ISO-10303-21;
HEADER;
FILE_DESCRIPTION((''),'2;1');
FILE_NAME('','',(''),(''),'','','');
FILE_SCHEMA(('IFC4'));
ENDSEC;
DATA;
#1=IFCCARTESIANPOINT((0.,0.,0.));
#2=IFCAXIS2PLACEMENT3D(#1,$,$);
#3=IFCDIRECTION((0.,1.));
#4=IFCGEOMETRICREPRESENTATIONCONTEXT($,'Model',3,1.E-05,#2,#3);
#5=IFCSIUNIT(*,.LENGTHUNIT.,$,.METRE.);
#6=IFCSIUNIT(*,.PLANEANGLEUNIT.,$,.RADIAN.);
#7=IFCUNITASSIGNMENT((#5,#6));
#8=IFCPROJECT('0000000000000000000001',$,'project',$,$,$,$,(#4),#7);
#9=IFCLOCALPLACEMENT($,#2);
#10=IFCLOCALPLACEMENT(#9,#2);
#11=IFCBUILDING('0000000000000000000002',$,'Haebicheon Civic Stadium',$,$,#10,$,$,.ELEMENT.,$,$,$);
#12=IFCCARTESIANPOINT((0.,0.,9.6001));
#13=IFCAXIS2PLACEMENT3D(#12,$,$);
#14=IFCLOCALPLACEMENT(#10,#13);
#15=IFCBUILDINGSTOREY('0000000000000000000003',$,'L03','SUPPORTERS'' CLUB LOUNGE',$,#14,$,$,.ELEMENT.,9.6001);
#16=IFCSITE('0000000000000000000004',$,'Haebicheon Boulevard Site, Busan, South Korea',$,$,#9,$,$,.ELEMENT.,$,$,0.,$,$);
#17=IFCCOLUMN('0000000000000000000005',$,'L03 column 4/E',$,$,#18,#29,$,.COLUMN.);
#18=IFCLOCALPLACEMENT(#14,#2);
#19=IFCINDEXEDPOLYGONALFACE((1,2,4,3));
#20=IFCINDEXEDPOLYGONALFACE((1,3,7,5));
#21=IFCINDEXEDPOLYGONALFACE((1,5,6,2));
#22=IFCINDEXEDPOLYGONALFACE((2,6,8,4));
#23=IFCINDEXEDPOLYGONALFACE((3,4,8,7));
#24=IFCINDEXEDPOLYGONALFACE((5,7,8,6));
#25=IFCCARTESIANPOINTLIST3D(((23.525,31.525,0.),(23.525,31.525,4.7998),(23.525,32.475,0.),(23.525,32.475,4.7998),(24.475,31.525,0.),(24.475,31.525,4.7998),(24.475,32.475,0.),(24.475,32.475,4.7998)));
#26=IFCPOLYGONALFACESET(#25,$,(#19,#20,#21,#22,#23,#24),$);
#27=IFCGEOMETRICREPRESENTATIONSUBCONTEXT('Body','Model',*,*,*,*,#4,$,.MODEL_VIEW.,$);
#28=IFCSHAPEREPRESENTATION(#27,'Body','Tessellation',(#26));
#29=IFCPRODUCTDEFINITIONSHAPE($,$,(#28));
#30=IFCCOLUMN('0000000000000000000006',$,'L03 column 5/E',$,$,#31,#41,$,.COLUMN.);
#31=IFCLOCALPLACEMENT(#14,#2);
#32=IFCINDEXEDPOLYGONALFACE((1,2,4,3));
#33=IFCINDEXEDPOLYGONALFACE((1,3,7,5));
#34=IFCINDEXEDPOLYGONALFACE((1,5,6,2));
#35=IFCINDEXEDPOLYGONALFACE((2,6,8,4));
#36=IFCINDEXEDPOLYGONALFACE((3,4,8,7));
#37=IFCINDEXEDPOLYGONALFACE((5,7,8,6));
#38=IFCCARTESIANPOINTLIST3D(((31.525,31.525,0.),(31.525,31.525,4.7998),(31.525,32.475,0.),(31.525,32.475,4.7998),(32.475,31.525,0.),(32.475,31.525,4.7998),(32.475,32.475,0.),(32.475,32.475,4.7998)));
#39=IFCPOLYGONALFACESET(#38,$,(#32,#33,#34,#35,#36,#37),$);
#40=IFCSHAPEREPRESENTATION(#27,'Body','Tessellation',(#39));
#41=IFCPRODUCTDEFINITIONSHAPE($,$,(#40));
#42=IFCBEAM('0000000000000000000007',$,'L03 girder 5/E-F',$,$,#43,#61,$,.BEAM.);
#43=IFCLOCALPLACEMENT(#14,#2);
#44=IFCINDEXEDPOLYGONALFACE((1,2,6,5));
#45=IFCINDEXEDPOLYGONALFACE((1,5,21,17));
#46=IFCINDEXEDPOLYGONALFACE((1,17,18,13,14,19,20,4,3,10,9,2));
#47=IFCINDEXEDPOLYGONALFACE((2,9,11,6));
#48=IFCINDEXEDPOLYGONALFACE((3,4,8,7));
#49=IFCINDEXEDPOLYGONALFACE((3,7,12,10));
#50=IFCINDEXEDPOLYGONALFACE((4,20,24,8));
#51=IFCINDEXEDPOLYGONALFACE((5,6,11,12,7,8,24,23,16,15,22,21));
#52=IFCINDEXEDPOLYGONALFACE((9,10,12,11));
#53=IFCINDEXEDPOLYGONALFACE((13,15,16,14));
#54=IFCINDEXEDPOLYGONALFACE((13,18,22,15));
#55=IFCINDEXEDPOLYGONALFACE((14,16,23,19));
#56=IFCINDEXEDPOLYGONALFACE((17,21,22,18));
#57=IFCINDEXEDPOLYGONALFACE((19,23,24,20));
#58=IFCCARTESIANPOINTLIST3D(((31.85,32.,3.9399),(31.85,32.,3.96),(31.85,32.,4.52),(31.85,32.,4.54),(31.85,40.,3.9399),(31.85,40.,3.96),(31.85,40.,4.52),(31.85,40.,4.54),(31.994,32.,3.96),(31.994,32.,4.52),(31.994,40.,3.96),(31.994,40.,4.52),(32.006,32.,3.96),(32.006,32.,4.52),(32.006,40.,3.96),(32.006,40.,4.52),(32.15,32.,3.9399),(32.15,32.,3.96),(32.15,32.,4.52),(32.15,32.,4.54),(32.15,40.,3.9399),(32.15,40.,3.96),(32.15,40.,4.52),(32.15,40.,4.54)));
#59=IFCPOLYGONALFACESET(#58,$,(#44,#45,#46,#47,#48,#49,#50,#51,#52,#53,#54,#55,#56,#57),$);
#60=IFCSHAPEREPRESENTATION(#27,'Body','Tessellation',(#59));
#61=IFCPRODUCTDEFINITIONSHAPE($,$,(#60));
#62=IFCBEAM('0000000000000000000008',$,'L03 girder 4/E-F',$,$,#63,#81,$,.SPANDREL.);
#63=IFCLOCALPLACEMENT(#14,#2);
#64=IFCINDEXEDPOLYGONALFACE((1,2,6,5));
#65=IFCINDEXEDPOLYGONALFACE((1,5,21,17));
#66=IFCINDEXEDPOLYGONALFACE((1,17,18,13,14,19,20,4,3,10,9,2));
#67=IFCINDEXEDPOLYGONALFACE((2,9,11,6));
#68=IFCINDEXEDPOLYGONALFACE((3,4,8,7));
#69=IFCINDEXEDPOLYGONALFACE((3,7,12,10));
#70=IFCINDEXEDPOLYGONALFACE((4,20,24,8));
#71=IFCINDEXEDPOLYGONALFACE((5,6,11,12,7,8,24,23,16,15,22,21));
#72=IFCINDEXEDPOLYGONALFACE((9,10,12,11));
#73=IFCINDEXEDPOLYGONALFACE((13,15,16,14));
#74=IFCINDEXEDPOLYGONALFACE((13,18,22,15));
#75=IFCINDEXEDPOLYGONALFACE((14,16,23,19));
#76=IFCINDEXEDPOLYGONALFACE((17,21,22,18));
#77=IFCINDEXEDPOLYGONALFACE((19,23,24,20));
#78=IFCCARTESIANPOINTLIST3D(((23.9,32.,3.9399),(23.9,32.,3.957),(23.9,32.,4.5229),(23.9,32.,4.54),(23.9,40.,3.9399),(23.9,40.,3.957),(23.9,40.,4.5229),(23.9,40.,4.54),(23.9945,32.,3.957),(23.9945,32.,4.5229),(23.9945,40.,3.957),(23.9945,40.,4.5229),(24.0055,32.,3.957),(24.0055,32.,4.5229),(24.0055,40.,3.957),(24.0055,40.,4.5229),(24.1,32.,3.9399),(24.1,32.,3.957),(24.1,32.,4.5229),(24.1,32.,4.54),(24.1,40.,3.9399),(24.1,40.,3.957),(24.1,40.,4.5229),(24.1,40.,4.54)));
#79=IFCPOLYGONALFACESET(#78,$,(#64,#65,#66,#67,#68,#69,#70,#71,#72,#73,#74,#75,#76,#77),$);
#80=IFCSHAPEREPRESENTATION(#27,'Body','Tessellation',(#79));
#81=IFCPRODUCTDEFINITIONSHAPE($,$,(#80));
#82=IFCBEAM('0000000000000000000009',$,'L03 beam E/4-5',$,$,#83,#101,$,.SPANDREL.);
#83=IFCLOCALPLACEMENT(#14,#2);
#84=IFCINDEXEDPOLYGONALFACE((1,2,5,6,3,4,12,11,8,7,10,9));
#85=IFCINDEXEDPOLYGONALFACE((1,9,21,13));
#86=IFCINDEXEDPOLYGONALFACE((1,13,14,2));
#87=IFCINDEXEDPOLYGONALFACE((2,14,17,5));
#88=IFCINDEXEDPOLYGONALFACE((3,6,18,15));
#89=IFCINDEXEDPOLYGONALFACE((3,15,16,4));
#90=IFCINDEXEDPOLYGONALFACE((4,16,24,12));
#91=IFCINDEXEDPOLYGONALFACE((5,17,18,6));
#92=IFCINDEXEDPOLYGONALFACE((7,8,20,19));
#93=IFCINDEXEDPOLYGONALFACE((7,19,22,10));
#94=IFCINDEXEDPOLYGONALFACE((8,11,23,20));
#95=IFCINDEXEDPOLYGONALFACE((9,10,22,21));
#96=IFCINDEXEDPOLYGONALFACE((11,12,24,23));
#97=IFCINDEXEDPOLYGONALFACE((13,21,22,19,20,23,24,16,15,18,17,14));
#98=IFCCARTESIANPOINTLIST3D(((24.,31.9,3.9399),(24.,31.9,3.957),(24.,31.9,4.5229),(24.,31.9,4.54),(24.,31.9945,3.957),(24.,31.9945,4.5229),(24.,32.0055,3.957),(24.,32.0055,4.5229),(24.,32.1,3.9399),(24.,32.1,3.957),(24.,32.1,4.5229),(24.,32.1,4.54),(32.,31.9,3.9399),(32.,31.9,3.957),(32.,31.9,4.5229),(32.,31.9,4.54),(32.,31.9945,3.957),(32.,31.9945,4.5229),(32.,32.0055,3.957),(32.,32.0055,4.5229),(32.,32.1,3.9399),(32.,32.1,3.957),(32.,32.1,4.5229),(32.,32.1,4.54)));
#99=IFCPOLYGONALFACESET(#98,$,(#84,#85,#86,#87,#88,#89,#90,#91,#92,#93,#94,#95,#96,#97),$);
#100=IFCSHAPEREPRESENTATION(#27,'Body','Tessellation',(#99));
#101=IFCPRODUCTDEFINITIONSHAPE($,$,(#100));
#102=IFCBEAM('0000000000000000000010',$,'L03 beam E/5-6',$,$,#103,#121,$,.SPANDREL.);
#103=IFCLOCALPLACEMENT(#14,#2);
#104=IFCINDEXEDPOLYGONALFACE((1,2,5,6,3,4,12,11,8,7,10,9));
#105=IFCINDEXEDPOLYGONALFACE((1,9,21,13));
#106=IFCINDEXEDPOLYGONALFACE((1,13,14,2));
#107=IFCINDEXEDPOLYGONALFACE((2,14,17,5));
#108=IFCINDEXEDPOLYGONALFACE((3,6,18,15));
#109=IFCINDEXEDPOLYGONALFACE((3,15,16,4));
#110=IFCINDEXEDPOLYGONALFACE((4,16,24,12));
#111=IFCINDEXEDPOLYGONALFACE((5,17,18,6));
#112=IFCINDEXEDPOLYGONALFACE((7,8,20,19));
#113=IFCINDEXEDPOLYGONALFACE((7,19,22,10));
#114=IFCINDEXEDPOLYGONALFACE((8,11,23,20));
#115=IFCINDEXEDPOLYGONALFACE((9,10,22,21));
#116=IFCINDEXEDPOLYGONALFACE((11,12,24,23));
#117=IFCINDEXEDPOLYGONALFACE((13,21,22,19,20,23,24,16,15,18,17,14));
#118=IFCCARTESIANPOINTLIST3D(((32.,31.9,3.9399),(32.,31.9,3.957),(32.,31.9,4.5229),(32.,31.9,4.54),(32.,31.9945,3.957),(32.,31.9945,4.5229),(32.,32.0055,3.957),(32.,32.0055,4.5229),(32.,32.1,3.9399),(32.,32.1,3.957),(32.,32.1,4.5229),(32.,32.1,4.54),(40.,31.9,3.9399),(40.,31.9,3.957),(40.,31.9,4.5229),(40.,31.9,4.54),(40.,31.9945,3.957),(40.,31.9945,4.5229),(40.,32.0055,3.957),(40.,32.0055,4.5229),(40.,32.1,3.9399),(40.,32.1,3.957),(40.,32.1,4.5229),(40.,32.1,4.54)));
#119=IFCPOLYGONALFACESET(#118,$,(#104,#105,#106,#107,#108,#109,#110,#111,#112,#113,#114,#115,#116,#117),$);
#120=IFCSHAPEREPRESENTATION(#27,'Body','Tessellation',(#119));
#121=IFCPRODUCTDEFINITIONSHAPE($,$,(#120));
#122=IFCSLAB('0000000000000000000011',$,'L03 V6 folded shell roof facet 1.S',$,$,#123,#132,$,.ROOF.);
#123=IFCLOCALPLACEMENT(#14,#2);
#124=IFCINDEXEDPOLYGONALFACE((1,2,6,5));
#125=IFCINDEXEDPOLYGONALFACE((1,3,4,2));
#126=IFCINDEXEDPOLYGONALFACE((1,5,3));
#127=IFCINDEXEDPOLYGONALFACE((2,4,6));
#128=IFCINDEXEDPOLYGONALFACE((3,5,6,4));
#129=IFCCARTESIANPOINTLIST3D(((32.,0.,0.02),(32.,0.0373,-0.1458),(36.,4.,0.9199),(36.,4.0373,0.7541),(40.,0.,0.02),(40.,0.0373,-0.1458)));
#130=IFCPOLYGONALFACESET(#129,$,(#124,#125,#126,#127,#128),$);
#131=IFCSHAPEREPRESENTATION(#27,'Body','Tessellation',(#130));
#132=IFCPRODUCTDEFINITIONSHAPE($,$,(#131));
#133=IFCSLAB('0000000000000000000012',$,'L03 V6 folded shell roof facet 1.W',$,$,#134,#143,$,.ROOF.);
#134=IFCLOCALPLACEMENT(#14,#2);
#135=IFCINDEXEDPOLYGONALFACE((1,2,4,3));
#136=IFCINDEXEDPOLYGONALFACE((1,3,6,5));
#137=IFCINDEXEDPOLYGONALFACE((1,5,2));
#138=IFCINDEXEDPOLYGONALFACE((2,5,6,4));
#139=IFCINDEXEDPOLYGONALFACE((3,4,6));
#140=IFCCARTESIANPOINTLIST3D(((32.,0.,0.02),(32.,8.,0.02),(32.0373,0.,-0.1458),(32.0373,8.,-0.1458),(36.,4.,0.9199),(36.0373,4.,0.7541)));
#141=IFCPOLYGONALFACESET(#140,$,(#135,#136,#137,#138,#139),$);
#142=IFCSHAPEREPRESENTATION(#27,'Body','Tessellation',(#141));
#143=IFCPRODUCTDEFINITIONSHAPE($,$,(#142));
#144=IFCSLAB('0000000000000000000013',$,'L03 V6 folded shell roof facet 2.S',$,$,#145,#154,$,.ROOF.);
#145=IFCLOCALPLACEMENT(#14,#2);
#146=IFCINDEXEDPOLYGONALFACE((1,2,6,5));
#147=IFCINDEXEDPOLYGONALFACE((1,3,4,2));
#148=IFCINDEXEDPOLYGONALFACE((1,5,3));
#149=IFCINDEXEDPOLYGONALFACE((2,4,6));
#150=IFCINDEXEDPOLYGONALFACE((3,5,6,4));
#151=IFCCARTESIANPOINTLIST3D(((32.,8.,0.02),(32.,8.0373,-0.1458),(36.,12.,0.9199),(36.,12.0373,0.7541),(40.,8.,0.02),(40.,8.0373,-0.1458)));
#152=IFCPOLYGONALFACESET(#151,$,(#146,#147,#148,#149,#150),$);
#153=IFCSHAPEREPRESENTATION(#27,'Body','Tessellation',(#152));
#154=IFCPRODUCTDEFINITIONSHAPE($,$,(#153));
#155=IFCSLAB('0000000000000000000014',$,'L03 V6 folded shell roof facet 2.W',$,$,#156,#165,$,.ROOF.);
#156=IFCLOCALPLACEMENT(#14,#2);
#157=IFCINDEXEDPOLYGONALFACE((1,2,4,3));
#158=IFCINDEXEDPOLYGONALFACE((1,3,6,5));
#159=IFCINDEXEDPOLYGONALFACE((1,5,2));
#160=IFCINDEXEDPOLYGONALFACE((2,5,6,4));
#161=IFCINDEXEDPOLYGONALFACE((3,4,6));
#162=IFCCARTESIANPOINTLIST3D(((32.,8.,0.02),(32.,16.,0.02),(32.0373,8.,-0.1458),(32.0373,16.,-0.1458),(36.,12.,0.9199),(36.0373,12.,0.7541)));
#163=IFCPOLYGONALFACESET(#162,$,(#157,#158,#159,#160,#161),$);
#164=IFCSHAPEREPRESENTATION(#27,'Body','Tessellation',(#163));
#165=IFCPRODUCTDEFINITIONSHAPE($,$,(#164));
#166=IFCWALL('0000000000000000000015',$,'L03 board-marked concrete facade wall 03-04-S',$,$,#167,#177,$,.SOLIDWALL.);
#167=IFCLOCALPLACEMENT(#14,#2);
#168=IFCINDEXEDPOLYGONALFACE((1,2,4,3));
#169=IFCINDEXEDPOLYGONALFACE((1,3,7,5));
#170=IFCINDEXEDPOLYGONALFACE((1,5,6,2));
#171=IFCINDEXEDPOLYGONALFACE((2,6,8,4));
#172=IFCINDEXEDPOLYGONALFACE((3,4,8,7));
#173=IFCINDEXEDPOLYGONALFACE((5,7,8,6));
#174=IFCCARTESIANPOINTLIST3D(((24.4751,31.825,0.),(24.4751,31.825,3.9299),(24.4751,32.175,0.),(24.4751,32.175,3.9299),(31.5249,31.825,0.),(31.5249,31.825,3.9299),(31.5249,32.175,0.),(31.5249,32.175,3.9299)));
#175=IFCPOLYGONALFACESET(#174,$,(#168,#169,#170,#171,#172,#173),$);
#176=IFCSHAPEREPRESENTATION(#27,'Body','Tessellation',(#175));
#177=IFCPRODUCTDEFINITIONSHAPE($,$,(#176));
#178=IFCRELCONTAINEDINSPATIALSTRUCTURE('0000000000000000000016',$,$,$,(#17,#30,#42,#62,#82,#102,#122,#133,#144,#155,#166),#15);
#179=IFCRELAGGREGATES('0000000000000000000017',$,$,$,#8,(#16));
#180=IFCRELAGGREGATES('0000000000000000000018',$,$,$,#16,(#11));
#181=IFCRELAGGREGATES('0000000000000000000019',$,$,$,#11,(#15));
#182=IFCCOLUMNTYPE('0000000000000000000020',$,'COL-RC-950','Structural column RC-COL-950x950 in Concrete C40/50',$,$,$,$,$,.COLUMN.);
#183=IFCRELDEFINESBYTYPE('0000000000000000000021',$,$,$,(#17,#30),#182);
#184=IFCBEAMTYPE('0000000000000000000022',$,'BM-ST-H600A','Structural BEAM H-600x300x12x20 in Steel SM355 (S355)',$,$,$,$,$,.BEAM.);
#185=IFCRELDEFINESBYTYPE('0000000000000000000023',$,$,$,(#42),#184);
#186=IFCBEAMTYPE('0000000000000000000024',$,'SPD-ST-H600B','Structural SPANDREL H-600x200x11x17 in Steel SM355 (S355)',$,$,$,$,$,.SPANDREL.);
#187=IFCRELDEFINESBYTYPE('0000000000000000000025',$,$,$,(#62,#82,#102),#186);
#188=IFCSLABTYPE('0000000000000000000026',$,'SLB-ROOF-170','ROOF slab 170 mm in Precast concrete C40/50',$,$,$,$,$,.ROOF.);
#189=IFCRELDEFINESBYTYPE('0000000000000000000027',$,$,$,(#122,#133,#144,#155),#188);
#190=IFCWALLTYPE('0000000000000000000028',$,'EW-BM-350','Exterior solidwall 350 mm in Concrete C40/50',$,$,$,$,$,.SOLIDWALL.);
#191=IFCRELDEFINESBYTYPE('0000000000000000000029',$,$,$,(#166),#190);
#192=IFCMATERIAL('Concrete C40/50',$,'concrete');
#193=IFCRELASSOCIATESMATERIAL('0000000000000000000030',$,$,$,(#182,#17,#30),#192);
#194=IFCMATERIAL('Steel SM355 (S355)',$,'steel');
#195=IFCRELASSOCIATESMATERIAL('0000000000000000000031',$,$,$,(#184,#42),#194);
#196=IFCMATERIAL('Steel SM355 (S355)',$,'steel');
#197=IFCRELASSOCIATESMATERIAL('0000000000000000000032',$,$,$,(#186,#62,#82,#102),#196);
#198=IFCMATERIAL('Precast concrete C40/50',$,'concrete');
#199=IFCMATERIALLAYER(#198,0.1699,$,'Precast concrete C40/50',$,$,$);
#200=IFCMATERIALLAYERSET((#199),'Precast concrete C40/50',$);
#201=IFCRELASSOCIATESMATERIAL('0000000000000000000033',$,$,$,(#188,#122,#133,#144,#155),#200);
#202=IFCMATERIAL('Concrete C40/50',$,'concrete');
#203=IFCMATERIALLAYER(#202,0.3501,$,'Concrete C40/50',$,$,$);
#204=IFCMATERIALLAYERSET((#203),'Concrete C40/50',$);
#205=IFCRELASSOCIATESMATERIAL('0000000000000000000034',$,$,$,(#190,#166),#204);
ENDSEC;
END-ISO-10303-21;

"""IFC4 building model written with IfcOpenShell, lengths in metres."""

from ifc_helpers import new_model, si_unit, direction, frame, frame_2d, origin, origin_2d, place, context, subcontext, project, spatial, polyline, rectangle, i_section, outline, extrude, material, layer, layer_set, material_profile, profile_set, type_object, element, save


model = new_model("IFC4")

# Units and contexts
model_context = context("Model", 3, precision=1e-05, world=origin(), true_north=direction((0.0, 1.0)))
body_context = subcontext(model_context, "Body", "Model", "MODEL_VIEW")
ifc_project = project(units=[si_unit("LENGTHUNIT", "METRE"), si_unit("PLANEANGLEUNIT", "RADIAN")], contexts=[model_context])

# Site, building, storey
site_placement = place(None, origin())
site = spatial("IfcSite", under=ifc_project, at=site_placement, Name="Haebicheon Boulevard Site, Busan, South Korea", CompositionType="ELEMENT", RefElevation=0.0)
building_placement = place(site_placement, origin())
building = spatial("IfcBuilding", under=site, at=building_placement, Name="Haebicheon Civic Stadium", CompositionType="ELEMENT")
storey_placement = place(building_placement, frame((0.0, 0.0, 9.6001)))
storey = spatial("IfcBuildingStorey", under=building, at=storey_placement, Name="L03", Description="SUPPORTERS' CLUB LOUNGE", CompositionType="ELEMENT", Elevation=9.6001)

# Columns
ifc_material_1 = material(Name="Concrete C40/50", Category="concrete")
ifc_material_profile_1 = material_profile(ifc_material_1, rectangle(XDim=0.95, YDim=0.95, at=origin_2d()), Name="RC-COL-950x950")
ifc_profile_set_1 = profile_set([ifc_material_profile_1], Name="Concrete C40/50")
column_type = type_object("IfcColumnType", Name="COL-RC-950", Description="Structural column RC-COL-950x950 in Concrete C40/50", PredefinedType="COLUMN", material=ifc_profile_set_1)
for number, where, z_axis, x_axis, name in (
    (1, (24.0, 32.0, 0.0), (0.0, 0.0, 1.0), (1.0, 0.0, 0.0), "L03 column 4/E"),
    (2, (32.0, 32.0, 0.0), (0.0, 0.0, 1.0), (1.0, 0.0, 0.0), "L03 column 5/E"),
):
    element("IfcColumn", number, at=place(storey_placement, frame(where, z_axis=z_axis, x_axis=x_axis)), inside=storey, type_object=column_type, material=ifc_profile_set_1, Name=name, PredefinedType="COLUMN", context=body_context, shape_type="SweptSolid", body=[
        extrude(rectangle(XDim=0.95, YDim=0.95, at=origin_2d()), origin(), (0.0, 0.0, 1.0), 4.7998),
    ])

# Beams
ifc_material_2 = material(Name="Steel SM355 (S355)", Category="steel")
ifc_material_profile_2 = material_profile(ifc_material_2, i_section(OverallWidth=0.3, OverallDepth=0.6001, WebThickness=0.012, FlangeThickness=0.02, at=origin_2d()), Name="H-600x300x12x20")
ifc_profile_set_2 = profile_set([ifc_material_profile_2], Name="Steel SM355 (S355)")
beam_type_1 = type_object("IfcBeamType", Name="BM-ST-H600A", Description="Structural BEAM H-600x300x12x20 in Steel SM355 (S355)", PredefinedType="BEAM", material=ifc_profile_set_2)
beam_placement = place(storey_placement, frame((32.0, 32.0, 4.24), z_axis=(0.0, 1.0, 0.0), x_axis=(-1.0, 0.0, 0.0)))
element("IfcBeam", 3, at=beam_placement, inside=storey, type_object=beam_type_1, material=ifc_profile_set_2, Name="L03 girder 5/E-F", PredefinedType="BEAM", context=body_context, shape_type="SweptSolid", body=[
    extrude(i_section(OverallWidth=0.3, OverallDepth=0.6001, WebThickness=0.012, FlangeThickness=0.02, at=origin_2d()), origin(), (0.0, 0.0, 1.0), 8.0),
])
ifc_material_3 = material(Name="Steel SM355 (S355)", Category="steel")
ifc_material_profile_3 = material_profile(ifc_material_3, i_section(OverallWidth=0.2, OverallDepth=0.6001, WebThickness=0.011, FlangeThickness=0.0171, at=origin_2d()), Name="H-600x200x11x17")
ifc_profile_set_3 = profile_set([ifc_material_profile_3], Name="Steel SM355 (S355)")
beam_type_2 = type_object("IfcBeamType", Name="SPD-ST-H600B", Description="Structural SPANDREL H-600x200x11x17 in Steel SM355 (S355)", PredefinedType="SPANDREL", material=ifc_profile_set_3)
for number, where, z_axis, x_axis, name in (
    (4, (24.0, 32.0, 4.24), (0.0, 1.0, 0.0), (-1.0, 0.0, 0.0), "L03 girder 4/E-F"),
    (5, (24.0, 32.0, 4.24), (1.0, 0.0, 0.0), (0.0, 1.0, 0.0), "L03 beam E/4-5"),
    (6, (32.0, 32.0, 4.24), (1.0, 0.0, 0.0), (0.0, 1.0, 0.0), "L03 beam E/5-6"),
):
    element("IfcBeam", number, at=place(storey_placement, frame(where, z_axis=z_axis, x_axis=x_axis)), inside=storey, type_object=beam_type_2, material=ifc_profile_set_3, Name=name, PredefinedType="SPANDREL", context=body_context, shape_type="SweptSolid", body=[
        extrude(i_section(OverallWidth=0.2, OverallDepth=0.6001, WebThickness=0.011, FlangeThickness=0.0171, at=origin_2d()), origin(), (0.0, 0.0, 1.0), 8.0),
    ])

# Slabs
ifc_material_4 = material(Name="Precast concrete C40/50", Category="concrete")
ifc_layer_1 = layer(ifc_material_4, 0.1699, Name="Precast concrete C40/50")
ifc_layer_set_1 = layer_set([ifc_layer_1], Name="Precast concrete C40/50")
slab_type = type_object("IfcSlabType", Name="SLB-ROOF-170", Description="ROOF slab 170 mm in Precast concrete C40/50", PredefinedType="ROOF", material=ifc_layer_set_1)
for number, where, z_axis, x_axis, name in (
    (7, (32.0, 0.0, 0.02), (0.0, -0.21949, 0.975615), (1.0, 0.0, 0.0), "L03 V6 folded shell roof facet 1.S"),
    (8, (32.0, 8.0, 0.02), (-0.21949, 0.0, 0.975615), (0.0, -1.0, 0.0), "L03 V6 folded shell roof facet 1.W"),
    (9, (32.0, 8.0, 0.02), (0.0, -0.21949, 0.975615), (1.0, 0.0, 0.0), "L03 V6 folded shell roof facet 2.S"),
    (10, (32.0, 16.0, 0.02), (-0.21949, 0.0, 0.975615), (0.0, -1.0, 0.0), "L03 V6 folded shell roof facet 2.W"),
):
    element("IfcSlab", number, at=place(storey_placement, frame(where, z_axis=z_axis, x_axis=x_axis)), inside=storey, type_object=slab_type, material=ifc_layer_set_1, Name=name, PredefinedType="ROOF", context=body_context, shape_type="SweptSolid", body=[
        extrude(outline(polyline([(0.0, 0.0), (8.0, 0.0), (4.0, 4.1), (0.0, 0.0)])), origin(), (0.0, 0.0, -1.0), 0.1699),
    ])

# Wall
ifc_material_5 = material(Name="Concrete C40/50", Category="concrete")
ifc_layer_2 = layer(ifc_material_5, 0.3501, Name="Concrete C40/50")
ifc_layer_set_2 = layer_set([ifc_layer_2], Name="Concrete C40/50")
wall_type = type_object("IfcWallType", Name="EW-BM-350", Description="Exterior solidwall 350 mm in Concrete C40/50", PredefinedType="SOLIDWALL", material=ifc_layer_set_2)
wall_placement = place(storey_placement, frame((24.4751, 32.0, 0.0), z_axis=(0.0, 0.0, 1.0), x_axis=(1.0, 0.0, 0.0)))
element("IfcWall", 11, at=wall_placement, inside=storey, type_object=wall_type, material=ifc_layer_set_2, Name="L03 board-marked concrete facade wall 03-04-S", PredefinedType="SOLIDWALL", context=body_context, shape_type="SweptSolid", body=[
    extrude(rectangle(XDim=7.0498, YDim=0.3501, at=frame_2d((3.5249, 0.0))), origin(), (0.0, 0.0, 1.0), 3.9299),
])

save(model, "model.ifc")
